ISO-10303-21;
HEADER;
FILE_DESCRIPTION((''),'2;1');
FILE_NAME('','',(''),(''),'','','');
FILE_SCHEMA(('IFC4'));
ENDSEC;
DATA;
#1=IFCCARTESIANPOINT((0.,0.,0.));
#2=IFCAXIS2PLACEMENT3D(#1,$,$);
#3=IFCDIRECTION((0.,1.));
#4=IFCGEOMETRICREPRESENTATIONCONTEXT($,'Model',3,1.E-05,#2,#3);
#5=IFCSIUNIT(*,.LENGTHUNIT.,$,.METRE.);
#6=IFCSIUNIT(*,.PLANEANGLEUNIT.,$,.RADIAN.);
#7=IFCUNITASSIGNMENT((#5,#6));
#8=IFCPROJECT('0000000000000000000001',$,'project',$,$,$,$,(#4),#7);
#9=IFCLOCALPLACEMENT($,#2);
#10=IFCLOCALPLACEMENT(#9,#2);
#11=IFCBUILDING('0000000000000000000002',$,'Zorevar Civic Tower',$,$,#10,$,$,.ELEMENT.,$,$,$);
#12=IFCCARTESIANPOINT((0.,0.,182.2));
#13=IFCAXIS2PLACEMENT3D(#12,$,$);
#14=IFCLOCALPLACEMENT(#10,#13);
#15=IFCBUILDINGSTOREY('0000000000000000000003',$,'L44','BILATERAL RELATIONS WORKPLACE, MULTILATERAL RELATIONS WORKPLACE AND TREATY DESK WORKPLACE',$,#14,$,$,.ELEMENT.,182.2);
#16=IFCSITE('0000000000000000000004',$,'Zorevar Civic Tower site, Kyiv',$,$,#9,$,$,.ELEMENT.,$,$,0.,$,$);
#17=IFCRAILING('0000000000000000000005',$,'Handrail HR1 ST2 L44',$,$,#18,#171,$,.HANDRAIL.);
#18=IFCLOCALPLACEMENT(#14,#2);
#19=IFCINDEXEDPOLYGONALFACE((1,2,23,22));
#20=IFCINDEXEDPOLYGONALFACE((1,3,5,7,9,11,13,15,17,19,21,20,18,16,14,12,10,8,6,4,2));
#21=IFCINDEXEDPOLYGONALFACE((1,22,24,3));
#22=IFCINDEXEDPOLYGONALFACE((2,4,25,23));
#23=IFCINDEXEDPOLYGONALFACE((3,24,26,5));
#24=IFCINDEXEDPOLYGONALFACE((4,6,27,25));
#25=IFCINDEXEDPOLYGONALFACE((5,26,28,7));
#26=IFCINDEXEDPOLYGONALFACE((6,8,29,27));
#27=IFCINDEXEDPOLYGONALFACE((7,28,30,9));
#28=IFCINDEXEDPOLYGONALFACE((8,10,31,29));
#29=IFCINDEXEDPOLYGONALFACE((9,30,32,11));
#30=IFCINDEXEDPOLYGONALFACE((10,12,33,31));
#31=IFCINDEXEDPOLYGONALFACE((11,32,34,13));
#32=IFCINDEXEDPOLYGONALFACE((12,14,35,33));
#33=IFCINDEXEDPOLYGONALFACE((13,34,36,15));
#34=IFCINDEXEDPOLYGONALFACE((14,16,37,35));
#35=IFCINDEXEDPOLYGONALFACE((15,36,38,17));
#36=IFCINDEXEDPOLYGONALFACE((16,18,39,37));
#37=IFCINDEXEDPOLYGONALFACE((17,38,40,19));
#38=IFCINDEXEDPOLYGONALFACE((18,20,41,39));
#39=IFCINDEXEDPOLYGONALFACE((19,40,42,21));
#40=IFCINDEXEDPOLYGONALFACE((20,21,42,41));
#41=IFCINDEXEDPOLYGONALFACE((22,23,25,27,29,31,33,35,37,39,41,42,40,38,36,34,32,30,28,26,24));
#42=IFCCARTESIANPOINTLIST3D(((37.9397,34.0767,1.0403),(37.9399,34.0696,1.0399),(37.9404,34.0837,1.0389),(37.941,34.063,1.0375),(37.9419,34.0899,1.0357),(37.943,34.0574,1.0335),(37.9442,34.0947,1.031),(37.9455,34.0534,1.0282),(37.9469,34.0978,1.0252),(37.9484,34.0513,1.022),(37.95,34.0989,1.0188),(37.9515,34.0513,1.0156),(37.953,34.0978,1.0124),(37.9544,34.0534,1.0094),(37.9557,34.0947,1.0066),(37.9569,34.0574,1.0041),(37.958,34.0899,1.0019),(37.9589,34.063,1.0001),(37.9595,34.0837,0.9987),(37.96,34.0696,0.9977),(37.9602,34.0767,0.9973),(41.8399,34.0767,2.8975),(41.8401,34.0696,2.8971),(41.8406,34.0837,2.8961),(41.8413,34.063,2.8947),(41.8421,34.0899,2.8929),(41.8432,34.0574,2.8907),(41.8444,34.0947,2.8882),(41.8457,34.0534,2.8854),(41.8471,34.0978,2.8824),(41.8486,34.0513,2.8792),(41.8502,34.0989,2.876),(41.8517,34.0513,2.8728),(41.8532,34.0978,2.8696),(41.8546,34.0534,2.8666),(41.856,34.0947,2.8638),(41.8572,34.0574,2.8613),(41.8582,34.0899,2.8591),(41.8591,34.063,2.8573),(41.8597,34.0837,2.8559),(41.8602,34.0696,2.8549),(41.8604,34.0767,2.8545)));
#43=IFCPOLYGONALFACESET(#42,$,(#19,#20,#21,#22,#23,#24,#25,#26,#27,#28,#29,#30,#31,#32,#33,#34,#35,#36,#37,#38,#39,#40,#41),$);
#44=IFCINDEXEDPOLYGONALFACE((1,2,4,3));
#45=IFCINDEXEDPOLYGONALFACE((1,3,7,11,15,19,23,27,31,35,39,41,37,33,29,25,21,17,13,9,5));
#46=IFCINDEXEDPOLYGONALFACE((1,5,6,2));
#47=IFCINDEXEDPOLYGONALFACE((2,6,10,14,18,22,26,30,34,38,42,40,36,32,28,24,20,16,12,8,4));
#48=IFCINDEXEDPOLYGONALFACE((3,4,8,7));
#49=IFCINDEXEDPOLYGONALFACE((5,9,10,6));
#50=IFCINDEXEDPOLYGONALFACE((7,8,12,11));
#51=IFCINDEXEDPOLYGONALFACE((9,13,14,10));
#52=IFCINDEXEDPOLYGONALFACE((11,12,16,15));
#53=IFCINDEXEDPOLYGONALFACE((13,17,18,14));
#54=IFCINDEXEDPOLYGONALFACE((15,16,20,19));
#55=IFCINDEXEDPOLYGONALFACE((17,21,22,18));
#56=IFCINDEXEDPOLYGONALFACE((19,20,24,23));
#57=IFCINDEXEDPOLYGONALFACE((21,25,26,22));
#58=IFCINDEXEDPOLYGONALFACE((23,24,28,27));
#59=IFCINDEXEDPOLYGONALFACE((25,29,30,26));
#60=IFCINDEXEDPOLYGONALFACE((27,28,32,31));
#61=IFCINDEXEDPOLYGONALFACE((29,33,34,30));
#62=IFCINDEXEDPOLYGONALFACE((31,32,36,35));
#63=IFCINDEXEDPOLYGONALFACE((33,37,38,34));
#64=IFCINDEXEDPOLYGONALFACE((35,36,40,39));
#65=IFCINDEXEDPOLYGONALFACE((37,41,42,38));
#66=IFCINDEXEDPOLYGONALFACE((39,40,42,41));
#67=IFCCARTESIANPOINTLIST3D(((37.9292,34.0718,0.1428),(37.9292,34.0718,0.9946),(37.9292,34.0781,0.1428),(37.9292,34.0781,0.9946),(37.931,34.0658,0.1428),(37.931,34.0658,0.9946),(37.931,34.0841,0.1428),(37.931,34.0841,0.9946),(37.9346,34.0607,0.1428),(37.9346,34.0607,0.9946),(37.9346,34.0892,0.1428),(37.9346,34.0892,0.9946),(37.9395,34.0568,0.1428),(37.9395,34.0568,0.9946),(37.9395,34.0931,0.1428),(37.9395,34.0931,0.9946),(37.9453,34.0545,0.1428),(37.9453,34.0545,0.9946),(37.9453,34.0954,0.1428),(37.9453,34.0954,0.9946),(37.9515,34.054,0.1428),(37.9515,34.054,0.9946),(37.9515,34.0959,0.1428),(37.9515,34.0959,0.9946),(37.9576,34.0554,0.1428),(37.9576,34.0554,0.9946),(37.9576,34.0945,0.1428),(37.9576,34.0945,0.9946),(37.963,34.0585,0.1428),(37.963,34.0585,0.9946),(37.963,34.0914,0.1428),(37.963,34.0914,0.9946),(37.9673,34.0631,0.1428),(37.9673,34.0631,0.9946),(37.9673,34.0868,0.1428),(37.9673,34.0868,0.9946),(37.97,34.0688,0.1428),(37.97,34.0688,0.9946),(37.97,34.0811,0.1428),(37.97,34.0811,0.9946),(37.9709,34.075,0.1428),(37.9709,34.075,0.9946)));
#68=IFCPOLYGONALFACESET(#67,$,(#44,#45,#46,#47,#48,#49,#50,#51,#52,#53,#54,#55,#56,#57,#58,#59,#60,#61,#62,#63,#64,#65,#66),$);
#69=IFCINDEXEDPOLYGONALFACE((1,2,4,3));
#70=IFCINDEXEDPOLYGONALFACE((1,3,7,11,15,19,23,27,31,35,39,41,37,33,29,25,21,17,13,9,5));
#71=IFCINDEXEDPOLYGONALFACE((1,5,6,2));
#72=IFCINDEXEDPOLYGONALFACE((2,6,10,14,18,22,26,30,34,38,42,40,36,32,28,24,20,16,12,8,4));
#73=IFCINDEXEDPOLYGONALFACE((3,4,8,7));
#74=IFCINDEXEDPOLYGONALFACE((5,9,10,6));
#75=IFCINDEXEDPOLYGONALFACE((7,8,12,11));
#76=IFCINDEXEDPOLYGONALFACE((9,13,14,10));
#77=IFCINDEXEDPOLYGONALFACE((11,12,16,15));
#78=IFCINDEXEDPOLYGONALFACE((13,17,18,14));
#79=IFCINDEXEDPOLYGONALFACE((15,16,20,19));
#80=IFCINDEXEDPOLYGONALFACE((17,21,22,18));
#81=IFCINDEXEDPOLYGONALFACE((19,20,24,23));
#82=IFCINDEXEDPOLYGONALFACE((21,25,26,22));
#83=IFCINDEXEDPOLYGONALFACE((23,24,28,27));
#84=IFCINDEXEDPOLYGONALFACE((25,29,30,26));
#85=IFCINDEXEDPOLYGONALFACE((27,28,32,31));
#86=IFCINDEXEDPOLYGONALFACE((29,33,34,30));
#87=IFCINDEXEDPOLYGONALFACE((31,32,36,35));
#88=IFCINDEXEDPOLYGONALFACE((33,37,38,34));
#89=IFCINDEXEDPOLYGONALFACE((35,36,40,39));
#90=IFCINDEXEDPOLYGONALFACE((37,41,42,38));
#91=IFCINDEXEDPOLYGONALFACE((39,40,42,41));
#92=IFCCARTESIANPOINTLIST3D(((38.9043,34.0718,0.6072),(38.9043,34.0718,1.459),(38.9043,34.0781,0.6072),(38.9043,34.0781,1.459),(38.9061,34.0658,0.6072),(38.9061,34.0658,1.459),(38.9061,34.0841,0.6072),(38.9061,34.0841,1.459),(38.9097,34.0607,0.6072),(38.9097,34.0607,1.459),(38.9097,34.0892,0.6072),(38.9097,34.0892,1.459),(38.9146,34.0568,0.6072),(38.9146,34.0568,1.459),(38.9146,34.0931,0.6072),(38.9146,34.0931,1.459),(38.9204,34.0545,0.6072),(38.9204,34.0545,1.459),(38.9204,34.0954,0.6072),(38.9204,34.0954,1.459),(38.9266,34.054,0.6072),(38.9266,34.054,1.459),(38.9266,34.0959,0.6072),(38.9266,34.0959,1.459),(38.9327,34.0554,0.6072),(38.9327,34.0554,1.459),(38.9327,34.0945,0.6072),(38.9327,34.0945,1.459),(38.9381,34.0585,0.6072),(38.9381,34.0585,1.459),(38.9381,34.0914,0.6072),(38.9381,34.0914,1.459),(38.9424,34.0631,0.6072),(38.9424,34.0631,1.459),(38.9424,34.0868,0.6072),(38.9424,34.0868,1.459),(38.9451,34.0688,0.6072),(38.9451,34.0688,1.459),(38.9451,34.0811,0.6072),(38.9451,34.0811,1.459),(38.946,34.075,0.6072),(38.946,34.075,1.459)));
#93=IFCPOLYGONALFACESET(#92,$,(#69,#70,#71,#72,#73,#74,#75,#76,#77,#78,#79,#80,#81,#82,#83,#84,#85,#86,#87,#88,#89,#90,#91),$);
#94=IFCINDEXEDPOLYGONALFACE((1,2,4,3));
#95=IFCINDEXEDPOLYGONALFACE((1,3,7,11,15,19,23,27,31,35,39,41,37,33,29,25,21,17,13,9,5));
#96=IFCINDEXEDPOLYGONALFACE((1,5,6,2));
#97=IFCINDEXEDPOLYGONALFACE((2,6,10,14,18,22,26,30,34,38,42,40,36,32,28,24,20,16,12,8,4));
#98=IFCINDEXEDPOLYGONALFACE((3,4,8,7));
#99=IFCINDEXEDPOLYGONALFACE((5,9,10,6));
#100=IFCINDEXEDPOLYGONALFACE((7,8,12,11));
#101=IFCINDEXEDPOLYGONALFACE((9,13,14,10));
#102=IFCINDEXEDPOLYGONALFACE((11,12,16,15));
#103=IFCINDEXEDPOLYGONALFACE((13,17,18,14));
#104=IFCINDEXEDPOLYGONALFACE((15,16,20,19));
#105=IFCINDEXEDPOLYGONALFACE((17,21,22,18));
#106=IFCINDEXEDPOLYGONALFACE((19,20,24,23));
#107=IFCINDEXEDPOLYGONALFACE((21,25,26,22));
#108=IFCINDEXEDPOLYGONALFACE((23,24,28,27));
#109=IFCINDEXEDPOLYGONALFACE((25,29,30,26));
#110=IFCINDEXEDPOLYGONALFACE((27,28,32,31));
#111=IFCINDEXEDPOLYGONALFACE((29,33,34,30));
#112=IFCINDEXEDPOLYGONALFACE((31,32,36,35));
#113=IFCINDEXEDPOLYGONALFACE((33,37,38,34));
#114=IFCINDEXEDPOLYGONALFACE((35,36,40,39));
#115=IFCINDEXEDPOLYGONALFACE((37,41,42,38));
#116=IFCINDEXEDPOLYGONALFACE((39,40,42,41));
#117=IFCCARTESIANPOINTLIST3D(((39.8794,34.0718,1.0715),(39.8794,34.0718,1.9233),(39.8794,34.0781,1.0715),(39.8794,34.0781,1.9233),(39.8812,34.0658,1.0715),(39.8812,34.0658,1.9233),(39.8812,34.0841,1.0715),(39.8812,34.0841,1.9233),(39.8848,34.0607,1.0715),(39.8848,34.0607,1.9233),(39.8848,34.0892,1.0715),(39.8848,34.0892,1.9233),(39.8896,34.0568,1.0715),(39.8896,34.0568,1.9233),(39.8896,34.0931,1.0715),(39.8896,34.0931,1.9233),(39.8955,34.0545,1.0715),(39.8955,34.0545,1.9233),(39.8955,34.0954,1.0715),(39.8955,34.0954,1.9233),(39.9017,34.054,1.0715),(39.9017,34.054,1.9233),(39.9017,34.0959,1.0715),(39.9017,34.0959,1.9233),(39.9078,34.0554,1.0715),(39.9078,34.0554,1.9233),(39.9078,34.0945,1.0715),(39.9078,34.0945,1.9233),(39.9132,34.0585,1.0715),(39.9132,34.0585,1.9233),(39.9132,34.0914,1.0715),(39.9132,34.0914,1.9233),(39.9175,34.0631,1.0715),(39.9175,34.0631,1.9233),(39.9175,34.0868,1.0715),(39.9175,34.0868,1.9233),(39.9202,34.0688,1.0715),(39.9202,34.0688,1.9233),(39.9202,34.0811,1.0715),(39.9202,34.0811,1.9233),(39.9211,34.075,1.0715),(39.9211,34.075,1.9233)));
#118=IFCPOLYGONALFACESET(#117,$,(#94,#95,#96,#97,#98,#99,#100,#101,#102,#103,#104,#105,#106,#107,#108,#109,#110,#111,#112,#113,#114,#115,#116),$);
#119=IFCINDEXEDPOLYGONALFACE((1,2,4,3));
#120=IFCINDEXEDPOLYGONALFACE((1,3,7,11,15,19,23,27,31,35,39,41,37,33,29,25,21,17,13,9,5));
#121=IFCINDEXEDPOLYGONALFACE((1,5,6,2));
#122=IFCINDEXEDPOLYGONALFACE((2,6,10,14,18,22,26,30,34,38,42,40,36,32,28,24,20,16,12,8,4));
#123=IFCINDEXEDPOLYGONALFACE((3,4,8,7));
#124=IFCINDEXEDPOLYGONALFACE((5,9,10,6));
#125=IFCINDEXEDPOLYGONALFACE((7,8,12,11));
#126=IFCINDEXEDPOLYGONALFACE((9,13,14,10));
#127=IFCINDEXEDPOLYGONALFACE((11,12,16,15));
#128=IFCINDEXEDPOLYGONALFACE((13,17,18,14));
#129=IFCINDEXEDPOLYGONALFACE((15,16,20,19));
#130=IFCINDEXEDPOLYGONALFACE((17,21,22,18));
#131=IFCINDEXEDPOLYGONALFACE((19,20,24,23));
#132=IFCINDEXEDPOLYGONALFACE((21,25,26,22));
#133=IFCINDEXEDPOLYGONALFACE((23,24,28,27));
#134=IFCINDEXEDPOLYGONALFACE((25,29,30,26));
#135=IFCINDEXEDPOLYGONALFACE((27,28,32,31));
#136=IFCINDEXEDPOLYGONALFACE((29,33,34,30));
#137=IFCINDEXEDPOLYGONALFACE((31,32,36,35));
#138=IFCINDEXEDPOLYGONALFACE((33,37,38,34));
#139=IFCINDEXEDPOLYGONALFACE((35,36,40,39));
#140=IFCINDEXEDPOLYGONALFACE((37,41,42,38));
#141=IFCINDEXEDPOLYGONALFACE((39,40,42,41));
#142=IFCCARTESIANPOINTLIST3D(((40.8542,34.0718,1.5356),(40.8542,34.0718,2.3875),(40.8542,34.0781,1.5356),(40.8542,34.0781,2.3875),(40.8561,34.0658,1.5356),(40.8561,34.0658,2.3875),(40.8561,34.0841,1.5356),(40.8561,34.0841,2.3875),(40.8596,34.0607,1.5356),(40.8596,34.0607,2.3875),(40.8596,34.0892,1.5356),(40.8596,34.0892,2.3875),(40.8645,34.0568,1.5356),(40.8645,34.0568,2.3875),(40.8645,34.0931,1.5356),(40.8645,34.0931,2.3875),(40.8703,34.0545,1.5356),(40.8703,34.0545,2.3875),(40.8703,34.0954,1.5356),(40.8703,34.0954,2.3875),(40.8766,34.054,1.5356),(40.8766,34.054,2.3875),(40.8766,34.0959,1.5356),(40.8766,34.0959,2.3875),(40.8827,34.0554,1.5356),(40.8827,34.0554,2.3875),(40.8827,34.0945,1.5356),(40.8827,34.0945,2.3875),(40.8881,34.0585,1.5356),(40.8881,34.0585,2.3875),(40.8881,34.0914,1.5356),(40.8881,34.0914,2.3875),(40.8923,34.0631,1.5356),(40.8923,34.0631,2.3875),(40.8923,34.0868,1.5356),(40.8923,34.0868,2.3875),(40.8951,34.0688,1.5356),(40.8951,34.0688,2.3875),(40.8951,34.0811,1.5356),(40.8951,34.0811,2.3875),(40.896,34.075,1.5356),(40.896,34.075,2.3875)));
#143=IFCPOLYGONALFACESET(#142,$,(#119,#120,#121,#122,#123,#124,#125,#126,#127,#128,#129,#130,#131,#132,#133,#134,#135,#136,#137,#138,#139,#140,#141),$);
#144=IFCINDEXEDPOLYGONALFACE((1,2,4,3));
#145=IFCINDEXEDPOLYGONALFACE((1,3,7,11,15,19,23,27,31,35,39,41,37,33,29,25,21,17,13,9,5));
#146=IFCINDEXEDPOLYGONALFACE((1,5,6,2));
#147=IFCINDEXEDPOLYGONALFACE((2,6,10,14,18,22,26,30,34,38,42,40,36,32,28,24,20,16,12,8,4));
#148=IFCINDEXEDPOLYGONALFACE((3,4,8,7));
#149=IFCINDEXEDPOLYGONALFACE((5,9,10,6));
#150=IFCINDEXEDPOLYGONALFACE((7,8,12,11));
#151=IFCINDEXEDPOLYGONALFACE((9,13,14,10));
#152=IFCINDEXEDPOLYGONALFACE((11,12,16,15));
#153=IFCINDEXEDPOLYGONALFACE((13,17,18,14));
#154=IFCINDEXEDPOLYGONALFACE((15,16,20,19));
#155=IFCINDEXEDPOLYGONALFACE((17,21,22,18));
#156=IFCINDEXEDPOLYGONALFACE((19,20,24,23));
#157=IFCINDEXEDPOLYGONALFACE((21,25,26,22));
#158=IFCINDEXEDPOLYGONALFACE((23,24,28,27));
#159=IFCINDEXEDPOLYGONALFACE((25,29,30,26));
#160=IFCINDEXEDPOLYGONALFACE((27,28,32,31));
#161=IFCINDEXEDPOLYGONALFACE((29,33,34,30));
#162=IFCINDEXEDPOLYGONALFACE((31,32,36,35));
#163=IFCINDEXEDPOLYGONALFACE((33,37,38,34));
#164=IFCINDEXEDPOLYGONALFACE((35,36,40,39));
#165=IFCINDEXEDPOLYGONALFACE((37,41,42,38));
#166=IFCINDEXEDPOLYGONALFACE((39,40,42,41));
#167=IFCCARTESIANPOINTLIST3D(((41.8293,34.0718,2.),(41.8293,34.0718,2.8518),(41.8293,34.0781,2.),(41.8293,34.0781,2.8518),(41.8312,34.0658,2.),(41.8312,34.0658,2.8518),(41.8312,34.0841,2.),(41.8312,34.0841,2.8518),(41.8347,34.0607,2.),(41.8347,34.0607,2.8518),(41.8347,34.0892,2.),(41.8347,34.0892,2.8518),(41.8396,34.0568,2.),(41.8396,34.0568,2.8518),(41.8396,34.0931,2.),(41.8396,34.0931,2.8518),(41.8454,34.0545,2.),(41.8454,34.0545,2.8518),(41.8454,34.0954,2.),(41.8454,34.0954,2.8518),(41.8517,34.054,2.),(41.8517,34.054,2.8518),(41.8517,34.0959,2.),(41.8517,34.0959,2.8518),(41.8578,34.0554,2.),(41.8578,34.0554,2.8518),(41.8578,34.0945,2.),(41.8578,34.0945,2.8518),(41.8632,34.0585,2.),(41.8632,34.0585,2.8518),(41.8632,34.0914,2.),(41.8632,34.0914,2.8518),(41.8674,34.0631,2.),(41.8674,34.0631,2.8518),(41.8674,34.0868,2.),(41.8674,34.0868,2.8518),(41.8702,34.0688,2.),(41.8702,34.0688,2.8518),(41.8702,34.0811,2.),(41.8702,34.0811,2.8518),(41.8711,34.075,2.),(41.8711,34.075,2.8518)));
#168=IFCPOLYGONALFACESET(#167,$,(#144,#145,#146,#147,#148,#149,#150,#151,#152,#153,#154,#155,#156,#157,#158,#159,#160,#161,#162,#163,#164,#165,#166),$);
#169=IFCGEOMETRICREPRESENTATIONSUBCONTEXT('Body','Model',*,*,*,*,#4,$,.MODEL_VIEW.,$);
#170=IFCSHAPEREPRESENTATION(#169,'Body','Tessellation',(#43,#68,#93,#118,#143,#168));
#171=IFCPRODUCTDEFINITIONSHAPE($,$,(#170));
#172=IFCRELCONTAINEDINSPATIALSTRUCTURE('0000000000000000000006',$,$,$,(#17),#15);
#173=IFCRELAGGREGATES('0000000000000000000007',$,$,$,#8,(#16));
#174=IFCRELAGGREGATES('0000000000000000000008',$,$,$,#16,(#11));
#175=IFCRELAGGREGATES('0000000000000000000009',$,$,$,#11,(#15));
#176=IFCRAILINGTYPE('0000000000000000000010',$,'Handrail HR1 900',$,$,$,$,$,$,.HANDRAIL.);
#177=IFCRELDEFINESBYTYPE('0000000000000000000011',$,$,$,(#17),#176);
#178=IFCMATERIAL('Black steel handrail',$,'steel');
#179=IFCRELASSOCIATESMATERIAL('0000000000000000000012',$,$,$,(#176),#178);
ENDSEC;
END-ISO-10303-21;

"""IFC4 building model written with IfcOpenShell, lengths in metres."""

from ifc_helpers import new_model, si_unit, direction, frame, origin, origin_2d, place, context, subcontext, project, spatial, circle, extrude, material, type_object, element, save


model = new_model("IFC4")

# Units and contexts
model_context = context("Model", 3, precision=1e-05, world=origin(), true_north=direction((0.0, 1.0)))
body_context = subcontext(model_context, "Body", "Model", "MODEL_VIEW")
ifc_project = project(units=[si_unit("LENGTHUNIT", "METRE"), si_unit("PLANEANGLEUNIT", "RADIAN")], contexts=[model_context])

# Site, building, storey
site_placement = place(None, origin())
site = spatial("IfcSite", under=ifc_project, at=site_placement, Name="Zorevar Civic Tower site, Kyiv", CompositionType="ELEMENT", RefElevation=0.0)
building_placement = place(site_placement, origin())
building = spatial("IfcBuilding", under=site, at=building_placement, Name="Zorevar Civic Tower", CompositionType="ELEMENT")
storey_placement = place(building_placement, frame((0.0, 0.0, 182.2)))
storey = spatial("IfcBuildingStorey", under=building, at=storey_placement, Name="L44", Description="BILATERAL RELATIONS WORKPLACE, MULTILATERAL RELATIONS WORKPLACE AND TREATY DESK WORKPLACE", CompositionType="ELEMENT", Elevation=182.2)

# Railing
ifc_material_1 = material(Name="Black steel handrail", Category="steel")
railing_type = type_object("IfcRailingType", Name="Handrail HR1 900", PredefinedType="HANDRAIL", material=ifc_material_1)
for number, where, name in (
    (1, (37.95, 34.075, 0.1428), "Handrail HR1 ST2 L44"),
):
    element("IfcRailing", number, at=place(storey_placement, frame(where)), inside=storey, type_object=railing_type, Name=name, PredefinedType="HANDRAIL", context=body_context, shape_type="SweptSolid", body=[
        extrude(circle(Radius=0.0239, at=origin_2d()), frame((0.0, 0.0, 0.876), z_axis=(0.902864, 0.0, 0.429927), x_axis=(0.0, 1.0, 0.0)), (0.0, 0.0, 1.0), 4.3198),
        extrude(circle(Radius=0.021, at=origin_2d()), origin(), (0.0, 0.0, 1.0), 0.8518),
        extrude(circle(Radius=0.021, at=origin_2d()), frame((0.9751, 0.0, 0.4644)), (0.0, 0.0, 1.0), 0.8518),
        extrude(circle(Radius=0.021, at=origin_2d()), frame((1.9502, 0.0, 0.9287)), (0.0, 0.0, 1.0), 0.8518),
        extrude(circle(Radius=0.021, at=origin_2d()), frame((2.925, 0.0, 1.3928)), (0.0, 0.0, 1.0), 0.8518),
        extrude(circle(Radius=0.021, at=origin_2d()), frame((3.9001, 0.0, 1.8572)), (0.0, 0.0, 1.0), 0.8518),
    ])

save(model, "model.ifc")
